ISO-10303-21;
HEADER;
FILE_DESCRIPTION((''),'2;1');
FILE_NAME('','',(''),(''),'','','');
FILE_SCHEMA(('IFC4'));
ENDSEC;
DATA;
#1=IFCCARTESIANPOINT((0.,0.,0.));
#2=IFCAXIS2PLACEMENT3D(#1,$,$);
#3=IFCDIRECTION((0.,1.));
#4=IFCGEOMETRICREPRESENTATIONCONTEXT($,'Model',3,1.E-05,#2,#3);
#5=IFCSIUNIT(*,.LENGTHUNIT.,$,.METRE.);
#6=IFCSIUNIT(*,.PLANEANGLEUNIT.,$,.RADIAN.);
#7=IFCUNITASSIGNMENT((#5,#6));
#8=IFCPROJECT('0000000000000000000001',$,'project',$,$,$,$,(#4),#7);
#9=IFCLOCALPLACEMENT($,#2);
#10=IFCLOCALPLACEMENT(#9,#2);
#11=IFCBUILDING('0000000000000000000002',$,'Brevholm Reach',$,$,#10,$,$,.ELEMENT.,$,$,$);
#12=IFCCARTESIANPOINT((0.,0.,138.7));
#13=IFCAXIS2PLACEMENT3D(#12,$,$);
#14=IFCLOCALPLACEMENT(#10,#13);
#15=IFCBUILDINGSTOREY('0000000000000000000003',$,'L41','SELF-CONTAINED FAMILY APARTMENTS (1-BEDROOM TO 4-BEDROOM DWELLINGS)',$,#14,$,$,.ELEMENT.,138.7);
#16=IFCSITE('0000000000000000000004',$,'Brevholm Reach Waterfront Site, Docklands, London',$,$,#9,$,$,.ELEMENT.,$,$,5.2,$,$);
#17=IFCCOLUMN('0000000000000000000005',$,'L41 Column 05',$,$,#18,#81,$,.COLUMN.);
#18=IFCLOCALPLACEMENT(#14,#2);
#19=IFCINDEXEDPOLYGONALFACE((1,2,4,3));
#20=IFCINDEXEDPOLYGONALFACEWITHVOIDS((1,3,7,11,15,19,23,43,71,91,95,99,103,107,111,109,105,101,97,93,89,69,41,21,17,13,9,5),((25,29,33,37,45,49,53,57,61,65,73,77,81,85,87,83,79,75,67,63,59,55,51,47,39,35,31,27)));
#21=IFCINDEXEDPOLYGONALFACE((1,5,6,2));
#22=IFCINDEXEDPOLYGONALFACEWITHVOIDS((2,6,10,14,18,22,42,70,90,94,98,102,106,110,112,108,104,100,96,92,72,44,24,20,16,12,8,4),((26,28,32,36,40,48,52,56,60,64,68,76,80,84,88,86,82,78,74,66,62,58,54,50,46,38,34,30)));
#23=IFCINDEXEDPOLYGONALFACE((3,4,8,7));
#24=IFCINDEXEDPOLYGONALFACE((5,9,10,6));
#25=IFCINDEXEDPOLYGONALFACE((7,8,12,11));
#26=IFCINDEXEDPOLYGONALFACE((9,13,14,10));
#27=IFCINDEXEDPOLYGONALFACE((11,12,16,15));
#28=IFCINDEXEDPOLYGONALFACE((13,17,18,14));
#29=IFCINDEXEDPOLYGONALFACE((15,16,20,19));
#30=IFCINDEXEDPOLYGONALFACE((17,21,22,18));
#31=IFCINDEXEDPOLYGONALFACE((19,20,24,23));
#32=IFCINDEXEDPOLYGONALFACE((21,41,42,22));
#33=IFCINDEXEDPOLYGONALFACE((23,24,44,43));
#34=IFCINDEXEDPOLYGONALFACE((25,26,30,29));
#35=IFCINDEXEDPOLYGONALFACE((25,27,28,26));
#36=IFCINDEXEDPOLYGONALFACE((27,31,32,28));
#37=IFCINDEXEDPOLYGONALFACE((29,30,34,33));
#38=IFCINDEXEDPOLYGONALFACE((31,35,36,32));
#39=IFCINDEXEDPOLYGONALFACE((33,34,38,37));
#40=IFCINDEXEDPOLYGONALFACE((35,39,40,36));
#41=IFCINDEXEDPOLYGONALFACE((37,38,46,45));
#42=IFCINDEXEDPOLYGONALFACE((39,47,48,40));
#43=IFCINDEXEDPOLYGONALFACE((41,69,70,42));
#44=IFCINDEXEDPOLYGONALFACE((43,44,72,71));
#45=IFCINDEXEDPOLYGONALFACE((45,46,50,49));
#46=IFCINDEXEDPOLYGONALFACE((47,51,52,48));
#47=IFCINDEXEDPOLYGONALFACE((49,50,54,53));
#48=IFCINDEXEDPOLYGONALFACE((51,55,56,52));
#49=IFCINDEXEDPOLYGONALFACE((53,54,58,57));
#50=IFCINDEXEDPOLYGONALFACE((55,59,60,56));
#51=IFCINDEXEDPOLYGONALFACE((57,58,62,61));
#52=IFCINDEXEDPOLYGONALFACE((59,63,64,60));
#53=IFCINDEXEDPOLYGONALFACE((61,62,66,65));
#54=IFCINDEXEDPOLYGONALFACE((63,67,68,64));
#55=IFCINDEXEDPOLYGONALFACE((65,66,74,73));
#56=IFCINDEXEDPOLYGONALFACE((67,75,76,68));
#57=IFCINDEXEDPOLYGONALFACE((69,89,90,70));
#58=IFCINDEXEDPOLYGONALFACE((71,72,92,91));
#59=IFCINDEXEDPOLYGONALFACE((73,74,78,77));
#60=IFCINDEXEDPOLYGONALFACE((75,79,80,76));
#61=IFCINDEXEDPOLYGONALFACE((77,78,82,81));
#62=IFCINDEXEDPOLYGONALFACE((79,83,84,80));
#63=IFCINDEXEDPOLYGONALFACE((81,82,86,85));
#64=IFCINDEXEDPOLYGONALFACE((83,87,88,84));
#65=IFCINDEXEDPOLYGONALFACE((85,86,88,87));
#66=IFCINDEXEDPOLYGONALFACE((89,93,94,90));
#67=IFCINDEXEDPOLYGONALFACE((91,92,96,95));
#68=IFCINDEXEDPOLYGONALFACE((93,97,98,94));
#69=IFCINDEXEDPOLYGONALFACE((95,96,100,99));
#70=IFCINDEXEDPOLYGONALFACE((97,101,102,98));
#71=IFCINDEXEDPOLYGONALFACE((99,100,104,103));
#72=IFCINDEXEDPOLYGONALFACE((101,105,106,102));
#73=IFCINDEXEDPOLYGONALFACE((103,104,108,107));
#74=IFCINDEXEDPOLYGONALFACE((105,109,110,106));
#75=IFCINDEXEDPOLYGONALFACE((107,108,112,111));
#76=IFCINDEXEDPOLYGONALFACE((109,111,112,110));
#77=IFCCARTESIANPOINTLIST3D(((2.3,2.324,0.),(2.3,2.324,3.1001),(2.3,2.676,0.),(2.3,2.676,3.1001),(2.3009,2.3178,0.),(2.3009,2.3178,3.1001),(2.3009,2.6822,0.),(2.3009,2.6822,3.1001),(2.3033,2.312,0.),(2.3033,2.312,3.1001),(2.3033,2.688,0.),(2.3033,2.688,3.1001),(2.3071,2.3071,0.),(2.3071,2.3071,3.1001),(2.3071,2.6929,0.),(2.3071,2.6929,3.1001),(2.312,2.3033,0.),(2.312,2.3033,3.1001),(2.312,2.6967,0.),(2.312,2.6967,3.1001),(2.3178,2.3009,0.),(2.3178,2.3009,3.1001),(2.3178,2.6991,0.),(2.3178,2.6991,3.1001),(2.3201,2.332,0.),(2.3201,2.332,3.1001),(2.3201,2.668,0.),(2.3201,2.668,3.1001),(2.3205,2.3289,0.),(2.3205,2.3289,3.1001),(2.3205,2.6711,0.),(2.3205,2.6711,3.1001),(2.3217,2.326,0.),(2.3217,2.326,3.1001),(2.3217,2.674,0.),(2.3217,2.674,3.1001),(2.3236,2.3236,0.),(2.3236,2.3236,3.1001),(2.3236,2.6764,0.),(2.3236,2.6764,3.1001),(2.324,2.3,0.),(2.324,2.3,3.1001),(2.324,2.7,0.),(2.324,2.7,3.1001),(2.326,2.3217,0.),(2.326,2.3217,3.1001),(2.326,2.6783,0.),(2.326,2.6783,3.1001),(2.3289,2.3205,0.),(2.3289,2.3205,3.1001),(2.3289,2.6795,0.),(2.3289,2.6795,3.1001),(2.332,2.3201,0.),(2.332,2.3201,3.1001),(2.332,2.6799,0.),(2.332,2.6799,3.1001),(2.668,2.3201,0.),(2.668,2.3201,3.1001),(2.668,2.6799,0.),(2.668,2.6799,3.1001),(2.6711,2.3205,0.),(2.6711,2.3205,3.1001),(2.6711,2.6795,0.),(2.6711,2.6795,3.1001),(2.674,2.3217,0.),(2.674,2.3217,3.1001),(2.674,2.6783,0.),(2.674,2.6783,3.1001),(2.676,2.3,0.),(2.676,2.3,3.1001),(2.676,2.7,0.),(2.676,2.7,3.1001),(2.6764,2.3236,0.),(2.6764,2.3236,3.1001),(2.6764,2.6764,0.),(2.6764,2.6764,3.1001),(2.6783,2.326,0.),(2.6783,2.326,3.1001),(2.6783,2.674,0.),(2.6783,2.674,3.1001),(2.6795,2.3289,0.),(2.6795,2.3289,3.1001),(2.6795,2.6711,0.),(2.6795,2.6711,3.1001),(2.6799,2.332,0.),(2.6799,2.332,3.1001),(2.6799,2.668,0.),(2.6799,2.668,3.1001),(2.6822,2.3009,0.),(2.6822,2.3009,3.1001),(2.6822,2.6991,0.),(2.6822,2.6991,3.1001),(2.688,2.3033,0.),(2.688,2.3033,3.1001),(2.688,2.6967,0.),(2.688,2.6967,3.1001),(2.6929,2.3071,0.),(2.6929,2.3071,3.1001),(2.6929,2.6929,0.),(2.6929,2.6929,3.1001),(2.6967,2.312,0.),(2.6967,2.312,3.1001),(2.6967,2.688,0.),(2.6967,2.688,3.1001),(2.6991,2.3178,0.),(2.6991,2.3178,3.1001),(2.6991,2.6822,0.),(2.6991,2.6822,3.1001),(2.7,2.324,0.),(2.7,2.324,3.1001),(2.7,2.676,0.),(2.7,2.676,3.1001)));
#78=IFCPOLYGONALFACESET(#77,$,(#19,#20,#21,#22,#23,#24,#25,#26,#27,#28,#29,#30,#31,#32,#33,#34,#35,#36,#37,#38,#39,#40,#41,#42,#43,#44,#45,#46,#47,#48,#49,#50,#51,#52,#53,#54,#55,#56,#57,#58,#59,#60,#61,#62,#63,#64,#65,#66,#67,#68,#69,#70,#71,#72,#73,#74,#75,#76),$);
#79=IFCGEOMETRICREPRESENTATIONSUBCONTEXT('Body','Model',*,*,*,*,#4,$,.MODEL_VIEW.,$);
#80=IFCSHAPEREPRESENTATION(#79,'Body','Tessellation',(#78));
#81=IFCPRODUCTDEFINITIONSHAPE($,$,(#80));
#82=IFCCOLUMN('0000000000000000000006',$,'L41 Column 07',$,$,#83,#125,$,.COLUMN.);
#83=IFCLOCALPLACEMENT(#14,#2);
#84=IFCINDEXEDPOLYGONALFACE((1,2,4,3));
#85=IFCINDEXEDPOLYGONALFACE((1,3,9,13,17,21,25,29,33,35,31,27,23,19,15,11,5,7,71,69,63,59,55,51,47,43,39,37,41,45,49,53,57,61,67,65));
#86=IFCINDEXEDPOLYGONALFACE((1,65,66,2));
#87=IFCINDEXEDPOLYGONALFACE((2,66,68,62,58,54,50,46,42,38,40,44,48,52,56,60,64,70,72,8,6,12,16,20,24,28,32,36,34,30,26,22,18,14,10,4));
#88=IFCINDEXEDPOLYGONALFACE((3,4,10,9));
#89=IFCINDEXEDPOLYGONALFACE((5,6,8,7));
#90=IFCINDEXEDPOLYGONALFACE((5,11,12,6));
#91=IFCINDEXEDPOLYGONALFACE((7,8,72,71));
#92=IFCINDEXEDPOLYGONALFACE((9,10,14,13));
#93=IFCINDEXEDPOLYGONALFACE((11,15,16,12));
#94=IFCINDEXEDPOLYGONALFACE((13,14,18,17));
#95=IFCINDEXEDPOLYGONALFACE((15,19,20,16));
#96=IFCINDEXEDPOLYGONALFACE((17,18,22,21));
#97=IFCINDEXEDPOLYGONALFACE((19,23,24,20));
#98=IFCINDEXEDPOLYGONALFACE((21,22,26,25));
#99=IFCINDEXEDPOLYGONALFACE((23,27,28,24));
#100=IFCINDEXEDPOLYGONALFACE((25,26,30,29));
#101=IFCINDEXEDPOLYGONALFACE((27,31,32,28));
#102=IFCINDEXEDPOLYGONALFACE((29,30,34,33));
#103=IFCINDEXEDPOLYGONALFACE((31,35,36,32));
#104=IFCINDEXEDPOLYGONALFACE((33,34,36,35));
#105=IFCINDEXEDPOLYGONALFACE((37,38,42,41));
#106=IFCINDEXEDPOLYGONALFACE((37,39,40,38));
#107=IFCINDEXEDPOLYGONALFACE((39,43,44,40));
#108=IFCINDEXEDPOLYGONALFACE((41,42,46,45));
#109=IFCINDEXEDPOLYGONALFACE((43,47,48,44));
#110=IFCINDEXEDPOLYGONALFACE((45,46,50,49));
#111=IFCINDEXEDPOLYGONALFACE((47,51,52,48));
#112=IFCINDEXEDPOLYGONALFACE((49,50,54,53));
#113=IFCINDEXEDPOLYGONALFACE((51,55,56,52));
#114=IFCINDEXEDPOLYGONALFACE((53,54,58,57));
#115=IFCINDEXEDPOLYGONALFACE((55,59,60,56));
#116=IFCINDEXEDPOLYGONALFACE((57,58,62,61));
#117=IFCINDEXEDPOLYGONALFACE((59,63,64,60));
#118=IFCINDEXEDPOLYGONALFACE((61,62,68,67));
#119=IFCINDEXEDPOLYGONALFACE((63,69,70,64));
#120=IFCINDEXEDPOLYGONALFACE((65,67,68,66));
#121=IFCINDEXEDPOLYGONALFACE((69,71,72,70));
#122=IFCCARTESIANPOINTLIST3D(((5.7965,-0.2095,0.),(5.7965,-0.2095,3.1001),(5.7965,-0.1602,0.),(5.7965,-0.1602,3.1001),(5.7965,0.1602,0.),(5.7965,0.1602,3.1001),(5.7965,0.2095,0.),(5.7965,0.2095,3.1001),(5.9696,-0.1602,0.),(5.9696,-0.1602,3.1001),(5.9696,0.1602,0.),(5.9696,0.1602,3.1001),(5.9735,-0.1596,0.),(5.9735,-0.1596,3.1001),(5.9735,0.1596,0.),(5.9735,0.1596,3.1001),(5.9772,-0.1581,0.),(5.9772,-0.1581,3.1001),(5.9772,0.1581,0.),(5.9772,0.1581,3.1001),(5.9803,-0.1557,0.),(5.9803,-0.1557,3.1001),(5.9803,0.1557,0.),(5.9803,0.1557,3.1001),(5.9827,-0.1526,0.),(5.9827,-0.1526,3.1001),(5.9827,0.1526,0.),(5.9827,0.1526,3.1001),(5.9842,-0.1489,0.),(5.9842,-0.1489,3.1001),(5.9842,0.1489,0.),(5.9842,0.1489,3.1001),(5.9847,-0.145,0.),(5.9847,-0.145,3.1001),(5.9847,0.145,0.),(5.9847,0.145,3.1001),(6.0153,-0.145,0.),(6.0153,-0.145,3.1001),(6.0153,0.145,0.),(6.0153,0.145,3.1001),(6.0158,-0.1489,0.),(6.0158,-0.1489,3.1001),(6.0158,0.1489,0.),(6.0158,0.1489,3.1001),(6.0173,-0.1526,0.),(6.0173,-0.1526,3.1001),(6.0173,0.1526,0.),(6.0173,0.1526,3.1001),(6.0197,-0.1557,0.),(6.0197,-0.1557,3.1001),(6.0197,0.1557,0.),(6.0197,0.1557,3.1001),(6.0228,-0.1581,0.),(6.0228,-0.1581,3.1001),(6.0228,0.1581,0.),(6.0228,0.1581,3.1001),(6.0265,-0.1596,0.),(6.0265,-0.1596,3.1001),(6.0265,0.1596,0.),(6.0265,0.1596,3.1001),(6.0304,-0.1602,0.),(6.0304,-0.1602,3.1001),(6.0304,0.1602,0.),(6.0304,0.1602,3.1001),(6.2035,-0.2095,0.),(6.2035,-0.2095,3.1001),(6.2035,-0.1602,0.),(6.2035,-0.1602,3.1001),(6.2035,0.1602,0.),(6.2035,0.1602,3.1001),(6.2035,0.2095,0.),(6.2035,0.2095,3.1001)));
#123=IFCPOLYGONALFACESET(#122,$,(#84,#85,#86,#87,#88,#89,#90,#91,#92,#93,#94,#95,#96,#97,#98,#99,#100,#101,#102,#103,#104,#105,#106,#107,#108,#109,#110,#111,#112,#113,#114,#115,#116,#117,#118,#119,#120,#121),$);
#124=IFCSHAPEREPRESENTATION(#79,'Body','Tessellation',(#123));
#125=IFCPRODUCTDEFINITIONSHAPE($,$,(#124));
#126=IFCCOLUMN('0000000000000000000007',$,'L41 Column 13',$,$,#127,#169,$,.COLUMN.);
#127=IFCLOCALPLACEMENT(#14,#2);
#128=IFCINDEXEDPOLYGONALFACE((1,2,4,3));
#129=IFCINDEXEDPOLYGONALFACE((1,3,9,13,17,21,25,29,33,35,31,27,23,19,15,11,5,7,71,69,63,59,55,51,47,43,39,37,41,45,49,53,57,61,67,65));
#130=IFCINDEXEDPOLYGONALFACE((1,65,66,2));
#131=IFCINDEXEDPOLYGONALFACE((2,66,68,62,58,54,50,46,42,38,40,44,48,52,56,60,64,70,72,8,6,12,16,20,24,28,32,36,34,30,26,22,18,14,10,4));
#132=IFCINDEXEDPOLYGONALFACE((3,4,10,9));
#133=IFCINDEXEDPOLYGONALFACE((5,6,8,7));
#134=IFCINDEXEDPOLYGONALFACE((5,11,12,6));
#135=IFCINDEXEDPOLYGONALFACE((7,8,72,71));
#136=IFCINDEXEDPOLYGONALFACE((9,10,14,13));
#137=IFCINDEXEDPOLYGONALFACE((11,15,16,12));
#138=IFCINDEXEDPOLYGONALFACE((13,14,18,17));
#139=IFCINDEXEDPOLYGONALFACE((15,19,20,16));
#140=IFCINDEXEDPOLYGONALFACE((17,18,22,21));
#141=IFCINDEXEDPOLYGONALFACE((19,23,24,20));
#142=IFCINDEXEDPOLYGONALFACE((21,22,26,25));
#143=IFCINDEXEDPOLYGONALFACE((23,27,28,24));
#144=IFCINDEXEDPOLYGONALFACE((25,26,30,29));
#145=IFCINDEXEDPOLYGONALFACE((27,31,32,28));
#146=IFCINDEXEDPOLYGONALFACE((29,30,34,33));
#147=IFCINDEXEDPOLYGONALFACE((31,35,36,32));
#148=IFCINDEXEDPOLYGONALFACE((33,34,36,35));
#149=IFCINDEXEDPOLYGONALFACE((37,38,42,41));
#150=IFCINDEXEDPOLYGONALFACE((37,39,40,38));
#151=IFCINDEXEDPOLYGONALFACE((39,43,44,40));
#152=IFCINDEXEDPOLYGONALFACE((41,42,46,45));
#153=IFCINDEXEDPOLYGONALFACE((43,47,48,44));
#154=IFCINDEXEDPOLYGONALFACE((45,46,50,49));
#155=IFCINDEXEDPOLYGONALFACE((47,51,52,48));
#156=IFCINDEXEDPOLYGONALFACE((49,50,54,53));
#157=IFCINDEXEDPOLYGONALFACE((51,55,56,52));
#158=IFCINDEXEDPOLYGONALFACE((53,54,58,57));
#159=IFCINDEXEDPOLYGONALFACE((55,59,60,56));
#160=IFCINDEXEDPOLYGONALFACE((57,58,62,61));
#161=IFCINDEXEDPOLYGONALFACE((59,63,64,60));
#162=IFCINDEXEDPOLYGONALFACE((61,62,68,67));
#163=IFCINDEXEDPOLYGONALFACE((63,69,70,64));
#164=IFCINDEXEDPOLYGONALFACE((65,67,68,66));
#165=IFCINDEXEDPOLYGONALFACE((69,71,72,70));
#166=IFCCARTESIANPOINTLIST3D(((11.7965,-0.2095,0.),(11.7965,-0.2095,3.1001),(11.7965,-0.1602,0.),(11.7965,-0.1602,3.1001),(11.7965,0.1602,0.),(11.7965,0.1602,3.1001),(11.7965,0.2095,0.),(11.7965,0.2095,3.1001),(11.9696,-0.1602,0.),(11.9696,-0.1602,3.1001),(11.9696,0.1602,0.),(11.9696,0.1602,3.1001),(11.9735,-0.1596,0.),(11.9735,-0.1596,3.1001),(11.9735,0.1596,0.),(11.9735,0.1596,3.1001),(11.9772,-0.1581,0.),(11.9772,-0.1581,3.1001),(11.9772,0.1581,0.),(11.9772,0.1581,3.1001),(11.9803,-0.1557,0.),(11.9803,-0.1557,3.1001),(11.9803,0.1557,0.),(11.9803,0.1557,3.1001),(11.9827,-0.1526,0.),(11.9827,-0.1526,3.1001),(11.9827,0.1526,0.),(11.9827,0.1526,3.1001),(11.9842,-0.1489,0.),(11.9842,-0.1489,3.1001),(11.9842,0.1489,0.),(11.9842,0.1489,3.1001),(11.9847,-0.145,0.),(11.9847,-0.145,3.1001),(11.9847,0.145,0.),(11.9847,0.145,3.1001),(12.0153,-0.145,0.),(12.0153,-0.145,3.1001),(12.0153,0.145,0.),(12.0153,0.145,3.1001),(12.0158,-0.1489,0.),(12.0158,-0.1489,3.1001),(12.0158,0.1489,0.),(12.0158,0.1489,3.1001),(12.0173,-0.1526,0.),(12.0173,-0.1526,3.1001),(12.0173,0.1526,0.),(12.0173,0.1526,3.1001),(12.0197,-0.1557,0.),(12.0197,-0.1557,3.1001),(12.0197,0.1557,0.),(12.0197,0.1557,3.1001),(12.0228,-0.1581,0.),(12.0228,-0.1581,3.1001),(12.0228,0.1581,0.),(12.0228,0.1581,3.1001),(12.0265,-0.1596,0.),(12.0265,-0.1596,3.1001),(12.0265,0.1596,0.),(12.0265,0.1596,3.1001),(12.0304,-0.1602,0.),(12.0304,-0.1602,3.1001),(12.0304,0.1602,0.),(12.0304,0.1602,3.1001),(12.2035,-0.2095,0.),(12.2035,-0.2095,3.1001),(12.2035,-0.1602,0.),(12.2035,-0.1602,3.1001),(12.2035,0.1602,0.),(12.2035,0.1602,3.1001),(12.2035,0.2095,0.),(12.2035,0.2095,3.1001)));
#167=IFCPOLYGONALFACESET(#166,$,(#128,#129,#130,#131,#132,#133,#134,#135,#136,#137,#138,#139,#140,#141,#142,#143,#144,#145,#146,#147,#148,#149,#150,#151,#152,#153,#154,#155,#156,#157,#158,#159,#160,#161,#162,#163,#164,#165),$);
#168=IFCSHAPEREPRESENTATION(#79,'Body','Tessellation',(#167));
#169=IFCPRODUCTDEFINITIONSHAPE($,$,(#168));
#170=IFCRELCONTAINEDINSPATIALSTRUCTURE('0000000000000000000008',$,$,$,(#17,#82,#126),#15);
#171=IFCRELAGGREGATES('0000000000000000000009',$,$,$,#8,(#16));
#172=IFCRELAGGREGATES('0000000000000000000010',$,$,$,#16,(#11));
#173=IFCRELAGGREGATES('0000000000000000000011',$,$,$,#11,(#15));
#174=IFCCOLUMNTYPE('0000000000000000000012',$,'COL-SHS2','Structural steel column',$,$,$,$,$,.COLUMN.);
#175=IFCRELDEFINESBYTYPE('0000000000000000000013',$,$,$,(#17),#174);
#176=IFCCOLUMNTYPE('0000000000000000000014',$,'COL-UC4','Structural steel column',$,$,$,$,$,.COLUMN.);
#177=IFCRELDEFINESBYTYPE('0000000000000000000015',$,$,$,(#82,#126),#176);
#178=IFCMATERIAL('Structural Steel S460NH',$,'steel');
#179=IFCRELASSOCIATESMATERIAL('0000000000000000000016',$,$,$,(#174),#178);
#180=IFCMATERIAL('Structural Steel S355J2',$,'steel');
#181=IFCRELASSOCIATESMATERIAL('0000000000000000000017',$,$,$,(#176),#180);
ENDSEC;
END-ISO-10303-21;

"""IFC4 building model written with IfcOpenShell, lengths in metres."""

from ifc_helpers import new_model, si_unit, direction, frame, origin, origin_2d, place, context, subcontext, project, spatial, hollow_rectangle, i_section, extrude, material, material_profile, profile_set, type_object, element, save


model = new_model("IFC4")

# Units and contexts
model_context = context("Model", 3, precision=1e-05, world=origin(), true_north=direction((0.0, 1.0)))
body_context = subcontext(model_context, "Body", "Model", "MODEL_VIEW")
ifc_project = project(units=[si_unit("LENGTHUNIT", "METRE"), si_unit("PLANEANGLEUNIT", "RADIAN")], contexts=[model_context])

# Site, building, storey
site_placement = place(None, origin())
site = spatial("IfcSite", under=ifc_project, at=site_placement, Name="Brevholm Reach Waterfront Site, Docklands, London", CompositionType="ELEMENT", RefElevation=5.2)
building_placement = place(site_placement, origin())
building = spatial("IfcBuilding", under=site, at=building_placement, Name="Brevholm Reach", CompositionType="ELEMENT")
storey_placement = place(building_placement, frame((0.0, 0.0, 138.7)))
storey = spatial("IfcBuildingStorey", under=building, at=storey_placement, Name="L41", Description="SELF-CONTAINED FAMILY APARTMENTS (1-BEDROOM TO 4-BEDROOM DWELLINGS)", CompositionType="ELEMENT", Elevation=138.7)

# Columns
ifc_material_1 = material(Name="Structural Steel S460NH", Category="steel")
ifc_material_profile_1 = material_profile(ifc_material_1, hollow_rectangle(XDim=0.3999, YDim=0.3999, WallThickness=0.02, InnerFilletRadius=0.012, OuterFilletRadius=0.0239, at=origin_2d()), Name="SHS 400x400x20")
ifc_profile_set_1 = profile_set([ifc_material_profile_1], Name="Structural Steel S460NH")
column_type_1 = type_object("IfcColumnType", Name="COL-SHS2", Description="Structural steel column", PredefinedType="COLUMN", material=ifc_profile_set_1)
column_placement = place(storey_placement, frame((2.5, 2.5, 0.0), z_axis=(0.0, 0.0, 1.0), x_axis=(1.0, 0.0, 0.0)))
element("IfcColumn", 1, at=column_placement, inside=storey, type_object=column_type_1, Name="L41 Column 05", PredefinedType="COLUMN", context=body_context, shape_type="SweptSolid", body=[
    extrude(hollow_rectangle(XDim=0.3999, YDim=0.3999, WallThickness=0.02, InnerFilletRadius=0.012, OuterFilletRadius=0.0239, at=origin_2d()), origin(), (0.0, 0.0, 1.0), 3.1001),
])
ifc_material_2 = material(Name="Structural Steel S355J2", Category="steel")
ifc_material_profile_2 = material_profile(ifc_material_2, i_section(OverallWidth=0.407, OverallDepth=0.4189, WebThickness=0.0305, FlangeThickness=0.0493, FilletRadius=0.0151, at=origin_2d()), Name="UKC 356x406x393")
ifc_profile_set_2 = profile_set([ifc_material_profile_2], Name="Structural Steel S355J2")
column_type_2 = type_object("IfcColumnType", Name="COL-UC4", Description="Structural steel column", PredefinedType="COLUMN", material=ifc_profile_set_2)
for number, where, z_axis, x_axis, name in (
    (2, (6.0, 0.0, 0.0), (0.0, 0.0, 1.0), (1.0, 0.0, 0.0), "L41 Column 07"),
    (3, (12.0, 0.0, 0.0), (0.0, 0.0, 1.0), (1.0, 0.0, 0.0), "L41 Column 13"),
):
    element("IfcColumn", number, at=place(storey_placement, frame(where, z_axis=z_axis, x_axis=x_axis)), inside=storey, type_object=column_type_2, Name=name, PredefinedType="COLUMN", context=body_context, shape_type="SweptSolid", body=[
        extrude(i_section(OverallWidth=0.407, OverallDepth=0.4189, WebThickness=0.0305, FlangeThickness=0.0493, FilletRadius=0.0151, at=origin_2d()), origin(), (0.0, 0.0, 1.0), 3.1001),
    ])

save(model, "model.ifc")
